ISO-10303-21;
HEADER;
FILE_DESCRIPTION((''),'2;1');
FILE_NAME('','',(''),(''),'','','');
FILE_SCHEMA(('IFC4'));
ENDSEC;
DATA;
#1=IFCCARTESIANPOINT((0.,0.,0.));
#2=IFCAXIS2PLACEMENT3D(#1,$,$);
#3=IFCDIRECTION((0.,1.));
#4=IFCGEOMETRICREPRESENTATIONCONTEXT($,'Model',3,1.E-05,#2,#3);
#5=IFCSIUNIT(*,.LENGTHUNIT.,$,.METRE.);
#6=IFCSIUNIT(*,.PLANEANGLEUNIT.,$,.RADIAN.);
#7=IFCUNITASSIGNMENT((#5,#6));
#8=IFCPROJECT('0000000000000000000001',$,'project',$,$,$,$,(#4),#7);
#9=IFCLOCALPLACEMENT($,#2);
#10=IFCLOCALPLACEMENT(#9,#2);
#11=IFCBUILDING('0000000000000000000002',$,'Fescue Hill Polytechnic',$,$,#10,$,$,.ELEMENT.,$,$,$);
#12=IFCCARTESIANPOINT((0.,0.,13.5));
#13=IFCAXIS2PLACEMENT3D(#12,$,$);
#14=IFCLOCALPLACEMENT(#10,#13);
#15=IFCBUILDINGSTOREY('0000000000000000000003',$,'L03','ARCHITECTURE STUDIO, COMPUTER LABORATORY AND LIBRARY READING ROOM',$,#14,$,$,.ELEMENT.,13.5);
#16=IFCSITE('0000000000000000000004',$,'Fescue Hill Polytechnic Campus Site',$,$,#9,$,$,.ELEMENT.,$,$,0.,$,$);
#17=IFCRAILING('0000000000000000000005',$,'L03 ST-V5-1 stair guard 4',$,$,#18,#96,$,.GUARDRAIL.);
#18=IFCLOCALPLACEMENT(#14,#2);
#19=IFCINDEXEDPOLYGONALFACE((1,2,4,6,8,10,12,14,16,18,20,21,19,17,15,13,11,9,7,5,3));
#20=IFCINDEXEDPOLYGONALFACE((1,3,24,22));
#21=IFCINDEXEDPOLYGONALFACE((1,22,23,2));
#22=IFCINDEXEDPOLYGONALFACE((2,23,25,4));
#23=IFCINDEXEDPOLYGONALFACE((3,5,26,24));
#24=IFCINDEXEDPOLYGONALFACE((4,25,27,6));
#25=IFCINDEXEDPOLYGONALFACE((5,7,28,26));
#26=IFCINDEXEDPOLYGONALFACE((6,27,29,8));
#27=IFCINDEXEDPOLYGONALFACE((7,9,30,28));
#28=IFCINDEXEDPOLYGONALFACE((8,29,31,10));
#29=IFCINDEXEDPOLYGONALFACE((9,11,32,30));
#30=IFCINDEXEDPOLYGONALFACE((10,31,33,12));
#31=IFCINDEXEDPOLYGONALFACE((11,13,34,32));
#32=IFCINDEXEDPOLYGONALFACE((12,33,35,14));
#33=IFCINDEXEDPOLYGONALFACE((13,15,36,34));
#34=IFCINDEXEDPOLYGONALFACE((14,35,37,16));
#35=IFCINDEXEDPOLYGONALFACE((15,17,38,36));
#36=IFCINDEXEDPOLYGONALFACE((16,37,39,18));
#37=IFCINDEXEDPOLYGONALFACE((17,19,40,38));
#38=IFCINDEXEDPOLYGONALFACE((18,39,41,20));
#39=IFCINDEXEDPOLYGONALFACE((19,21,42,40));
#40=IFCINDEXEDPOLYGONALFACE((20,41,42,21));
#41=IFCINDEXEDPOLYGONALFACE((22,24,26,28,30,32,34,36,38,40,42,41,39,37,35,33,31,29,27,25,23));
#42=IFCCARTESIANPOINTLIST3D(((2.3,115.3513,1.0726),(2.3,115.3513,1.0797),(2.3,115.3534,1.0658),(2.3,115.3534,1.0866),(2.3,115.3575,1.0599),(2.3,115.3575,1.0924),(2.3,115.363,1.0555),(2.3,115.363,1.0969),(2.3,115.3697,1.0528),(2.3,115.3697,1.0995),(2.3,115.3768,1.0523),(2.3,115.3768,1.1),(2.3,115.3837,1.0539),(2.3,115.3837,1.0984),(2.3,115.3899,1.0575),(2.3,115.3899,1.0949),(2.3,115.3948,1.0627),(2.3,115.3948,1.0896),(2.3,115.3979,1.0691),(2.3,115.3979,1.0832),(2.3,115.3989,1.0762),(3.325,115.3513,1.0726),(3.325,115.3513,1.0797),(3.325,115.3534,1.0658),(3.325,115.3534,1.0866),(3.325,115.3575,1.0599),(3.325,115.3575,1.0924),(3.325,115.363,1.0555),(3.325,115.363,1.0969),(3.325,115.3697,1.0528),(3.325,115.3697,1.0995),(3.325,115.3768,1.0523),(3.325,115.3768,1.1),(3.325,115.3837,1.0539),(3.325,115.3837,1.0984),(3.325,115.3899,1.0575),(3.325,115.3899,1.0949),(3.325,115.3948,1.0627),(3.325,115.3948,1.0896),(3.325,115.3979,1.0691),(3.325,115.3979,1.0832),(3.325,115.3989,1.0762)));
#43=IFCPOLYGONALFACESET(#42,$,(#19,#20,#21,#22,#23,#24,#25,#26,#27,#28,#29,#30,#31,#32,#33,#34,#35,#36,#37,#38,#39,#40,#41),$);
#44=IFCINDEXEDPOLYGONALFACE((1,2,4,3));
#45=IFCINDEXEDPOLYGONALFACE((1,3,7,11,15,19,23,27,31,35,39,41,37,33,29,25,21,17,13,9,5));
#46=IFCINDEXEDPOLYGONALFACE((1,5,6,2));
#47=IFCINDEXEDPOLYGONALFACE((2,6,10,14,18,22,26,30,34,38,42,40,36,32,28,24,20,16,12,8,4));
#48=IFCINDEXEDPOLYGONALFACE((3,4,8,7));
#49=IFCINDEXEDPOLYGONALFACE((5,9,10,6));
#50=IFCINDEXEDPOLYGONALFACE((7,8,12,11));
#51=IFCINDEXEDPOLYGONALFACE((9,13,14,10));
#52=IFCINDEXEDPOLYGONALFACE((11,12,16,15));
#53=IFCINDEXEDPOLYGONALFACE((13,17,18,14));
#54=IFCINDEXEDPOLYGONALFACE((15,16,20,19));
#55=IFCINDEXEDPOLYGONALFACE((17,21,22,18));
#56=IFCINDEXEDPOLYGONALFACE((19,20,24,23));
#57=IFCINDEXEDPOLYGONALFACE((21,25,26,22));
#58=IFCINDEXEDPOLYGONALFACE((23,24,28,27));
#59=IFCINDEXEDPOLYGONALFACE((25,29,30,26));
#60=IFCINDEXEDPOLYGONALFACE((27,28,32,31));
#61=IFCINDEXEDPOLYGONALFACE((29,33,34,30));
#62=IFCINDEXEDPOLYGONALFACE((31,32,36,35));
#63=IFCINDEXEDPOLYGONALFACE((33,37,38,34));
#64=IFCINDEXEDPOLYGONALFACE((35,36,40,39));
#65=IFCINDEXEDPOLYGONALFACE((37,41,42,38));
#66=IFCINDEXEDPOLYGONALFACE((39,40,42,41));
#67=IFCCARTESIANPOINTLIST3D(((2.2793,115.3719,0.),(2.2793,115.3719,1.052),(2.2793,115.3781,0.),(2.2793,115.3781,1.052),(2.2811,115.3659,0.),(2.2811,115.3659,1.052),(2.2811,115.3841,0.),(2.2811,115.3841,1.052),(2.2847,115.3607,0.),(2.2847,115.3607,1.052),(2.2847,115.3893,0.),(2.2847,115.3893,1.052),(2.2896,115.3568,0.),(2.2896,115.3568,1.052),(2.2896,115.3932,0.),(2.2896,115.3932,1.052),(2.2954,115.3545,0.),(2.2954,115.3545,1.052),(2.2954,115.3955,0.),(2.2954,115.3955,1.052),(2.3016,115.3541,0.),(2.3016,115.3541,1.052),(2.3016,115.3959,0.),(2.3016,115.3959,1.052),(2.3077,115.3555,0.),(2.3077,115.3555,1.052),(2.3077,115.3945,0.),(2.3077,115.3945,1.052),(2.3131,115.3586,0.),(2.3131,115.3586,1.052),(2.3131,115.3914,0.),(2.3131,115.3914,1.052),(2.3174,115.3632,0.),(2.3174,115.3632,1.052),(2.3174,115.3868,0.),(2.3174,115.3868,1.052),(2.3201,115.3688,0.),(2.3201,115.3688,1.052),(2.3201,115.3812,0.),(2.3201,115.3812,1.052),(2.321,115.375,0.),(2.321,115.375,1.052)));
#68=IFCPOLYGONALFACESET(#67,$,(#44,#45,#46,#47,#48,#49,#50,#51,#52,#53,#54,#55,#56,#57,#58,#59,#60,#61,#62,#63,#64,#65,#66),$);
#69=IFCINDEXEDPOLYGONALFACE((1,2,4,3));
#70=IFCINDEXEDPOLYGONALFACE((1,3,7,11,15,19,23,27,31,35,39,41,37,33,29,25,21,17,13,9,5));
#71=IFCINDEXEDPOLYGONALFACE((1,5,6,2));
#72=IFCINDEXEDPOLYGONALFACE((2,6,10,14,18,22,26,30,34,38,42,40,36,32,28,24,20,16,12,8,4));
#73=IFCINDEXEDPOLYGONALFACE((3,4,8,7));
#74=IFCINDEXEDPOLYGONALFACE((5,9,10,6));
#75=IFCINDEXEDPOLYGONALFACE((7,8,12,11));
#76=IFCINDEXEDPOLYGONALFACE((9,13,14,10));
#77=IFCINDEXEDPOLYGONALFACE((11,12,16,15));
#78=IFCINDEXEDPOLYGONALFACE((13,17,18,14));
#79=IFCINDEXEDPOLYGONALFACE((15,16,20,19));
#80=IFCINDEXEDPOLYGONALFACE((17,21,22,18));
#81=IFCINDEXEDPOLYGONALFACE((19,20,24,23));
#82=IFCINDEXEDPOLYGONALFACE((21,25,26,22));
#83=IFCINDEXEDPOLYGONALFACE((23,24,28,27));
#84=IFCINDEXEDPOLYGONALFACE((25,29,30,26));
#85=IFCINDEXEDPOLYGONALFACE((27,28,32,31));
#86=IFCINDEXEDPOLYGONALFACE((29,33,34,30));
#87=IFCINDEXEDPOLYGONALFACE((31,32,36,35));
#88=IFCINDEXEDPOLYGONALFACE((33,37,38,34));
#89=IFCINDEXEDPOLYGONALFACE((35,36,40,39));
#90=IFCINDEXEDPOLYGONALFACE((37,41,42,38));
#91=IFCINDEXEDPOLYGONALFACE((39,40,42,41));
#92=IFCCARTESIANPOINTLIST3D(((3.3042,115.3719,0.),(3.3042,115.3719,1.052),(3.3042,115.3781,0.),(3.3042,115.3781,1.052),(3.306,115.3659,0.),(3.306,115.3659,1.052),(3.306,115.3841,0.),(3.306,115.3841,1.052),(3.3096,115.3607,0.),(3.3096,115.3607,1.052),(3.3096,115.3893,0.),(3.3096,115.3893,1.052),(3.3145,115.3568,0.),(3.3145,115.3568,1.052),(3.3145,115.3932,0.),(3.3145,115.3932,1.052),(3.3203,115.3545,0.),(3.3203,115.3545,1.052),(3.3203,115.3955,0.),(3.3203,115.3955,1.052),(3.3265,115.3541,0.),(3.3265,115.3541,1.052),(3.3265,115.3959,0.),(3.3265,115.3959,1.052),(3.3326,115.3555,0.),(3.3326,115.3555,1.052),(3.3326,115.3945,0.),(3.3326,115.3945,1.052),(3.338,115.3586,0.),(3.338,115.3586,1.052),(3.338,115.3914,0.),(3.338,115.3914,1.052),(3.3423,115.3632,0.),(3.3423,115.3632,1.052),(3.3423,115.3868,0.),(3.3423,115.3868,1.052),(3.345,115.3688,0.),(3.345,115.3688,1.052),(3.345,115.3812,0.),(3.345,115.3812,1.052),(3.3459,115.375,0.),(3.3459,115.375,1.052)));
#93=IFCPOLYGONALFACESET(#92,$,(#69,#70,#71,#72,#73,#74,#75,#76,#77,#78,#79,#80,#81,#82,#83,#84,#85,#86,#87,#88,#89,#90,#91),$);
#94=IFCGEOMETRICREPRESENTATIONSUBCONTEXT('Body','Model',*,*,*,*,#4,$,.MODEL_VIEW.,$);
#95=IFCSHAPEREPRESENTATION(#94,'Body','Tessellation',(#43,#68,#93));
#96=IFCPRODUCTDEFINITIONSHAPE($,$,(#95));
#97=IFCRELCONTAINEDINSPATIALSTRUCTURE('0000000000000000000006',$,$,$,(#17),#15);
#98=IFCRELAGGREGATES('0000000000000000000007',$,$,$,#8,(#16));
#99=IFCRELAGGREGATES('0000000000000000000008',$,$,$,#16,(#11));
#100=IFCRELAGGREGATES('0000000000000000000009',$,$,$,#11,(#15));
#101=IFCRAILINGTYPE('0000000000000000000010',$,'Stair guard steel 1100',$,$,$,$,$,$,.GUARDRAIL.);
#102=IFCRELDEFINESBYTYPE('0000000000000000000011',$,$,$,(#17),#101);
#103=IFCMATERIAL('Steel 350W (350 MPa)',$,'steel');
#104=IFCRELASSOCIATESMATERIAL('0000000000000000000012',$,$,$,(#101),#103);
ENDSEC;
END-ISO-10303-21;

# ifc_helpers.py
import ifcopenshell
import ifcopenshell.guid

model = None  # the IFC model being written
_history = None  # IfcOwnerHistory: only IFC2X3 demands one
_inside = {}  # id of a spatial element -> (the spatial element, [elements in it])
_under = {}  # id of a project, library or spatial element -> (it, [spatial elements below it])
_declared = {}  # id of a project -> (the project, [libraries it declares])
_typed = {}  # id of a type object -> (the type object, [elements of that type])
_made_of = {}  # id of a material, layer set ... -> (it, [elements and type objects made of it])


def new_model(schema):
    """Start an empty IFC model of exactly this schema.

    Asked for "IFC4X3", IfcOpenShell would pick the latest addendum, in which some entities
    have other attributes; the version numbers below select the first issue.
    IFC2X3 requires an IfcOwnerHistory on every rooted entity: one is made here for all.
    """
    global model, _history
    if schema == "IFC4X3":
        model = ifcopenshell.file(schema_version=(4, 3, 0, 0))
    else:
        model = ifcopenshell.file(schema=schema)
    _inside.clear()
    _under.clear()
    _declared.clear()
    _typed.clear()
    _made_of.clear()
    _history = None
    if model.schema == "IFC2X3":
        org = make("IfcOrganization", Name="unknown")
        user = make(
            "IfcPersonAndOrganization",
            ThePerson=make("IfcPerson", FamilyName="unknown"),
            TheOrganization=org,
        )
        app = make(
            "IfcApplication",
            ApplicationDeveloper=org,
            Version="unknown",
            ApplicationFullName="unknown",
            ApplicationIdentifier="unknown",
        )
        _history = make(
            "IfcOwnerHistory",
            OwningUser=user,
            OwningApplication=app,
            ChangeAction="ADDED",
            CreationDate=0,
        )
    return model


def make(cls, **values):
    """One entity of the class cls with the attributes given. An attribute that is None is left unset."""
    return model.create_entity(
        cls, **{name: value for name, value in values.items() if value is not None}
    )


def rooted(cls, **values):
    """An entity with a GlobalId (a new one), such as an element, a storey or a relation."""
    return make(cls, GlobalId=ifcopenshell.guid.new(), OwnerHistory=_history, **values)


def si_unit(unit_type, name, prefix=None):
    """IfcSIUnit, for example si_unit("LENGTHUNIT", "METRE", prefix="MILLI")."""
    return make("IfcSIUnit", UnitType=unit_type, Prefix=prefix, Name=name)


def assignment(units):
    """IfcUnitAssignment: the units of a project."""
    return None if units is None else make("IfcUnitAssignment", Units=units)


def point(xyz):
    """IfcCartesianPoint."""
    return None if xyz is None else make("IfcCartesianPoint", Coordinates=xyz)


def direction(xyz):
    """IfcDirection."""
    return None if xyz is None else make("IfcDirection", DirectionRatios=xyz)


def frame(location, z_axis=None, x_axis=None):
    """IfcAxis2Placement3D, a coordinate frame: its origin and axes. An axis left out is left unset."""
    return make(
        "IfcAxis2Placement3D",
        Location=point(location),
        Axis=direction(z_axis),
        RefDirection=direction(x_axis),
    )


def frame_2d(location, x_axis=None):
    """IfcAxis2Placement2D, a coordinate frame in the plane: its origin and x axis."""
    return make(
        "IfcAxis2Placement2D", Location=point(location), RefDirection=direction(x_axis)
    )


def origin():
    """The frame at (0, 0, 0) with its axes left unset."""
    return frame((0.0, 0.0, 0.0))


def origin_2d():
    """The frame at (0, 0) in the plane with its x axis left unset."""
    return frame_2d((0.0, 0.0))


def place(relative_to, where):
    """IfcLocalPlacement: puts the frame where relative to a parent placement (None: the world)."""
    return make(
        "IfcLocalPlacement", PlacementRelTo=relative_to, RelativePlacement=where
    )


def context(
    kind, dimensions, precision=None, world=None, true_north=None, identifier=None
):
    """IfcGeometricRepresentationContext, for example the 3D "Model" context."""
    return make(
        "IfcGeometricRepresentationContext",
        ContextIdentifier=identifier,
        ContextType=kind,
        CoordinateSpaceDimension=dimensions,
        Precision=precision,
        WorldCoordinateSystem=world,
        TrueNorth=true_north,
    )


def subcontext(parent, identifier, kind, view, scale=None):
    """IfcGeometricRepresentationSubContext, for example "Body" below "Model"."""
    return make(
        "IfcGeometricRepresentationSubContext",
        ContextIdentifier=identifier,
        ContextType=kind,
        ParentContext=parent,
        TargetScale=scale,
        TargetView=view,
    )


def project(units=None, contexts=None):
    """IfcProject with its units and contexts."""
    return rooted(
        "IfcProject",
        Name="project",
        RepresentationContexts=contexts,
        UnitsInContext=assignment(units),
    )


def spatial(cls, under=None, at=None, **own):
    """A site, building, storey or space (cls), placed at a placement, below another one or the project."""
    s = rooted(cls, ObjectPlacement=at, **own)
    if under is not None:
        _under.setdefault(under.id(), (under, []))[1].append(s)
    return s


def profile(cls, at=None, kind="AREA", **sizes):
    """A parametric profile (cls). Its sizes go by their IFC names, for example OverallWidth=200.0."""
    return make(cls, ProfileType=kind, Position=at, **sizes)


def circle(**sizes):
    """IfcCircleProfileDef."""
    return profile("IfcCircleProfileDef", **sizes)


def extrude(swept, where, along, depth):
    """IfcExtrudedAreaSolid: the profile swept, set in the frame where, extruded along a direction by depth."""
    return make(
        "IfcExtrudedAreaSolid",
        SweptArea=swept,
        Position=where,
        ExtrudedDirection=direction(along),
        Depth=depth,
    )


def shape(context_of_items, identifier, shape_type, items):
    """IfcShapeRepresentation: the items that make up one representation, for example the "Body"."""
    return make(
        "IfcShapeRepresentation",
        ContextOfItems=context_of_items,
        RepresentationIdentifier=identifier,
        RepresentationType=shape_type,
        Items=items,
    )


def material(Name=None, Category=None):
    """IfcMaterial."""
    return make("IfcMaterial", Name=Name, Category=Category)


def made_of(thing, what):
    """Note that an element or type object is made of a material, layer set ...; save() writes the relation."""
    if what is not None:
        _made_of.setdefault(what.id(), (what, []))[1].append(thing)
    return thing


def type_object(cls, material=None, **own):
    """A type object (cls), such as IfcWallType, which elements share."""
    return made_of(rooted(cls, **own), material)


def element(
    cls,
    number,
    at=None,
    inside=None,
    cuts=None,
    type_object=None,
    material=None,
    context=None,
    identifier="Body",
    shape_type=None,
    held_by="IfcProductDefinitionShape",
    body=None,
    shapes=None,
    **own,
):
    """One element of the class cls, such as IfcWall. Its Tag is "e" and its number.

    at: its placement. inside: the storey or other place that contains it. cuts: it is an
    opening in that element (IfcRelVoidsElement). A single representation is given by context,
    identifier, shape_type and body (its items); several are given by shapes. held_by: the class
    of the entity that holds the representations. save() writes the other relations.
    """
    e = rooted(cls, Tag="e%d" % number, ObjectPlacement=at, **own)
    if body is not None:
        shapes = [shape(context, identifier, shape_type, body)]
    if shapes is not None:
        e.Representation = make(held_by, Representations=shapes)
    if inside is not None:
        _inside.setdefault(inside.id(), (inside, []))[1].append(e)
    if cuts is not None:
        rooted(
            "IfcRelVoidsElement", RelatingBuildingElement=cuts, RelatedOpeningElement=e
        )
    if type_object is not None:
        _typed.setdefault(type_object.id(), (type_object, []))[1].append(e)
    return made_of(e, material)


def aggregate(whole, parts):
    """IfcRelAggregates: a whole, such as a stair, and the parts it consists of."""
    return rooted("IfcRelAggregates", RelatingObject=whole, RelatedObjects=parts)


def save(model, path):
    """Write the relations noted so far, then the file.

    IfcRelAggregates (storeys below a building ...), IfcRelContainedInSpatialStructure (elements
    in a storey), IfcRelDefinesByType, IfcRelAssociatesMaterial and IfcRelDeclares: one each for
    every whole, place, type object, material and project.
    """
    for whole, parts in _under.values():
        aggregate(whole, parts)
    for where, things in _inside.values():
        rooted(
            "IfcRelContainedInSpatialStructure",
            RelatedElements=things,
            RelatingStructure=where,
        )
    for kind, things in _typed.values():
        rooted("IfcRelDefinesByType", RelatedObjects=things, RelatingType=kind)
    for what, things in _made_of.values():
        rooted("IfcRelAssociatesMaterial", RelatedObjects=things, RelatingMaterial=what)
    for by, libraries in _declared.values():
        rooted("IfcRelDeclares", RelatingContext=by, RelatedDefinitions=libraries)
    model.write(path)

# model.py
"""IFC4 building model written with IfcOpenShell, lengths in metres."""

from ifc_helpers import new_model, si_unit, direction, frame, origin, origin_2d, place, context, subcontext, project, spatial, circle, extrude, material, type_object, element, save


model = new_model("IFC4")

# Units and contexts
model_context = context("Model", 3, precision=1e-05, world=origin(), true_north=direction((0.0, 1.0)))
body_context = subcontext(model_context, "Body", "Model", "MODEL_VIEW")
ifc_project = project(units=[si_unit("LENGTHUNIT", "METRE"), si_unit("PLANEANGLEUNIT", "RADIAN")], contexts=[model_context])

# Site, building, storey
site_placement = place(None, origin())
site = spatial("IfcSite", under=ifc_project, at=site_placement, Name="Fescue Hill Polytechnic Campus Site", CompositionType="ELEMENT", RefElevation=0.0)
building_placement = place(site_placement, origin())
building = spatial("IfcBuilding", under=site, at=building_placement, Name="Fescue Hill Polytechnic", CompositionType="ELEMENT")
storey_placement = place(building_placement, frame((0.0, 0.0, 13.5)))
storey = spatial("IfcBuildingStorey", under=building, at=storey_placement, Name="L03", Description="ARCHITECTURE STUDIO, COMPUTER LABORATORY AND LIBRARY READING ROOM", CompositionType="ELEMENT", Elevation=13.5)

# Railing
ifc_material_1 = material(Name="Steel 350W (350 MPa)", Category="steel")
railing_type_1 = type_object("IfcRailingType", Name="Stair guard steel 1100", PredefinedType="GUARDRAIL", material=ifc_material_1)
railing_1_placement = place(storey_placement, frame((2.3, 115.375, 0.0)))
element("IfcRailing", 1, at=railing_1_placement, inside=storey, type_object=railing_type_1, Name="L03 ST-V5-1 stair guard 4", PredefinedType="GUARDRAIL", context=body_context, shape_type="SweptSolid", body=[
    extrude(circle(Radius=0.0239, at=origin_2d()), frame((0.0, 0.0, 1.0762), z_axis=(1.0, 0.0, 0.0), x_axis=(0.0, 1.0, 0.0)), (0.0, 0.0, 1.0), 1.0249),
    extrude(circle(Radius=0.021, at=origin_2d()), origin(), (0.0, 0.0, 1.0), 1.052),
    extrude(circle(Radius=0.021, at=origin_2d()), frame((1.0249, 0.0, 0.0)), (0.0, 0.0, 1.0), 1.052),
])

save(model, "model.ifc")
